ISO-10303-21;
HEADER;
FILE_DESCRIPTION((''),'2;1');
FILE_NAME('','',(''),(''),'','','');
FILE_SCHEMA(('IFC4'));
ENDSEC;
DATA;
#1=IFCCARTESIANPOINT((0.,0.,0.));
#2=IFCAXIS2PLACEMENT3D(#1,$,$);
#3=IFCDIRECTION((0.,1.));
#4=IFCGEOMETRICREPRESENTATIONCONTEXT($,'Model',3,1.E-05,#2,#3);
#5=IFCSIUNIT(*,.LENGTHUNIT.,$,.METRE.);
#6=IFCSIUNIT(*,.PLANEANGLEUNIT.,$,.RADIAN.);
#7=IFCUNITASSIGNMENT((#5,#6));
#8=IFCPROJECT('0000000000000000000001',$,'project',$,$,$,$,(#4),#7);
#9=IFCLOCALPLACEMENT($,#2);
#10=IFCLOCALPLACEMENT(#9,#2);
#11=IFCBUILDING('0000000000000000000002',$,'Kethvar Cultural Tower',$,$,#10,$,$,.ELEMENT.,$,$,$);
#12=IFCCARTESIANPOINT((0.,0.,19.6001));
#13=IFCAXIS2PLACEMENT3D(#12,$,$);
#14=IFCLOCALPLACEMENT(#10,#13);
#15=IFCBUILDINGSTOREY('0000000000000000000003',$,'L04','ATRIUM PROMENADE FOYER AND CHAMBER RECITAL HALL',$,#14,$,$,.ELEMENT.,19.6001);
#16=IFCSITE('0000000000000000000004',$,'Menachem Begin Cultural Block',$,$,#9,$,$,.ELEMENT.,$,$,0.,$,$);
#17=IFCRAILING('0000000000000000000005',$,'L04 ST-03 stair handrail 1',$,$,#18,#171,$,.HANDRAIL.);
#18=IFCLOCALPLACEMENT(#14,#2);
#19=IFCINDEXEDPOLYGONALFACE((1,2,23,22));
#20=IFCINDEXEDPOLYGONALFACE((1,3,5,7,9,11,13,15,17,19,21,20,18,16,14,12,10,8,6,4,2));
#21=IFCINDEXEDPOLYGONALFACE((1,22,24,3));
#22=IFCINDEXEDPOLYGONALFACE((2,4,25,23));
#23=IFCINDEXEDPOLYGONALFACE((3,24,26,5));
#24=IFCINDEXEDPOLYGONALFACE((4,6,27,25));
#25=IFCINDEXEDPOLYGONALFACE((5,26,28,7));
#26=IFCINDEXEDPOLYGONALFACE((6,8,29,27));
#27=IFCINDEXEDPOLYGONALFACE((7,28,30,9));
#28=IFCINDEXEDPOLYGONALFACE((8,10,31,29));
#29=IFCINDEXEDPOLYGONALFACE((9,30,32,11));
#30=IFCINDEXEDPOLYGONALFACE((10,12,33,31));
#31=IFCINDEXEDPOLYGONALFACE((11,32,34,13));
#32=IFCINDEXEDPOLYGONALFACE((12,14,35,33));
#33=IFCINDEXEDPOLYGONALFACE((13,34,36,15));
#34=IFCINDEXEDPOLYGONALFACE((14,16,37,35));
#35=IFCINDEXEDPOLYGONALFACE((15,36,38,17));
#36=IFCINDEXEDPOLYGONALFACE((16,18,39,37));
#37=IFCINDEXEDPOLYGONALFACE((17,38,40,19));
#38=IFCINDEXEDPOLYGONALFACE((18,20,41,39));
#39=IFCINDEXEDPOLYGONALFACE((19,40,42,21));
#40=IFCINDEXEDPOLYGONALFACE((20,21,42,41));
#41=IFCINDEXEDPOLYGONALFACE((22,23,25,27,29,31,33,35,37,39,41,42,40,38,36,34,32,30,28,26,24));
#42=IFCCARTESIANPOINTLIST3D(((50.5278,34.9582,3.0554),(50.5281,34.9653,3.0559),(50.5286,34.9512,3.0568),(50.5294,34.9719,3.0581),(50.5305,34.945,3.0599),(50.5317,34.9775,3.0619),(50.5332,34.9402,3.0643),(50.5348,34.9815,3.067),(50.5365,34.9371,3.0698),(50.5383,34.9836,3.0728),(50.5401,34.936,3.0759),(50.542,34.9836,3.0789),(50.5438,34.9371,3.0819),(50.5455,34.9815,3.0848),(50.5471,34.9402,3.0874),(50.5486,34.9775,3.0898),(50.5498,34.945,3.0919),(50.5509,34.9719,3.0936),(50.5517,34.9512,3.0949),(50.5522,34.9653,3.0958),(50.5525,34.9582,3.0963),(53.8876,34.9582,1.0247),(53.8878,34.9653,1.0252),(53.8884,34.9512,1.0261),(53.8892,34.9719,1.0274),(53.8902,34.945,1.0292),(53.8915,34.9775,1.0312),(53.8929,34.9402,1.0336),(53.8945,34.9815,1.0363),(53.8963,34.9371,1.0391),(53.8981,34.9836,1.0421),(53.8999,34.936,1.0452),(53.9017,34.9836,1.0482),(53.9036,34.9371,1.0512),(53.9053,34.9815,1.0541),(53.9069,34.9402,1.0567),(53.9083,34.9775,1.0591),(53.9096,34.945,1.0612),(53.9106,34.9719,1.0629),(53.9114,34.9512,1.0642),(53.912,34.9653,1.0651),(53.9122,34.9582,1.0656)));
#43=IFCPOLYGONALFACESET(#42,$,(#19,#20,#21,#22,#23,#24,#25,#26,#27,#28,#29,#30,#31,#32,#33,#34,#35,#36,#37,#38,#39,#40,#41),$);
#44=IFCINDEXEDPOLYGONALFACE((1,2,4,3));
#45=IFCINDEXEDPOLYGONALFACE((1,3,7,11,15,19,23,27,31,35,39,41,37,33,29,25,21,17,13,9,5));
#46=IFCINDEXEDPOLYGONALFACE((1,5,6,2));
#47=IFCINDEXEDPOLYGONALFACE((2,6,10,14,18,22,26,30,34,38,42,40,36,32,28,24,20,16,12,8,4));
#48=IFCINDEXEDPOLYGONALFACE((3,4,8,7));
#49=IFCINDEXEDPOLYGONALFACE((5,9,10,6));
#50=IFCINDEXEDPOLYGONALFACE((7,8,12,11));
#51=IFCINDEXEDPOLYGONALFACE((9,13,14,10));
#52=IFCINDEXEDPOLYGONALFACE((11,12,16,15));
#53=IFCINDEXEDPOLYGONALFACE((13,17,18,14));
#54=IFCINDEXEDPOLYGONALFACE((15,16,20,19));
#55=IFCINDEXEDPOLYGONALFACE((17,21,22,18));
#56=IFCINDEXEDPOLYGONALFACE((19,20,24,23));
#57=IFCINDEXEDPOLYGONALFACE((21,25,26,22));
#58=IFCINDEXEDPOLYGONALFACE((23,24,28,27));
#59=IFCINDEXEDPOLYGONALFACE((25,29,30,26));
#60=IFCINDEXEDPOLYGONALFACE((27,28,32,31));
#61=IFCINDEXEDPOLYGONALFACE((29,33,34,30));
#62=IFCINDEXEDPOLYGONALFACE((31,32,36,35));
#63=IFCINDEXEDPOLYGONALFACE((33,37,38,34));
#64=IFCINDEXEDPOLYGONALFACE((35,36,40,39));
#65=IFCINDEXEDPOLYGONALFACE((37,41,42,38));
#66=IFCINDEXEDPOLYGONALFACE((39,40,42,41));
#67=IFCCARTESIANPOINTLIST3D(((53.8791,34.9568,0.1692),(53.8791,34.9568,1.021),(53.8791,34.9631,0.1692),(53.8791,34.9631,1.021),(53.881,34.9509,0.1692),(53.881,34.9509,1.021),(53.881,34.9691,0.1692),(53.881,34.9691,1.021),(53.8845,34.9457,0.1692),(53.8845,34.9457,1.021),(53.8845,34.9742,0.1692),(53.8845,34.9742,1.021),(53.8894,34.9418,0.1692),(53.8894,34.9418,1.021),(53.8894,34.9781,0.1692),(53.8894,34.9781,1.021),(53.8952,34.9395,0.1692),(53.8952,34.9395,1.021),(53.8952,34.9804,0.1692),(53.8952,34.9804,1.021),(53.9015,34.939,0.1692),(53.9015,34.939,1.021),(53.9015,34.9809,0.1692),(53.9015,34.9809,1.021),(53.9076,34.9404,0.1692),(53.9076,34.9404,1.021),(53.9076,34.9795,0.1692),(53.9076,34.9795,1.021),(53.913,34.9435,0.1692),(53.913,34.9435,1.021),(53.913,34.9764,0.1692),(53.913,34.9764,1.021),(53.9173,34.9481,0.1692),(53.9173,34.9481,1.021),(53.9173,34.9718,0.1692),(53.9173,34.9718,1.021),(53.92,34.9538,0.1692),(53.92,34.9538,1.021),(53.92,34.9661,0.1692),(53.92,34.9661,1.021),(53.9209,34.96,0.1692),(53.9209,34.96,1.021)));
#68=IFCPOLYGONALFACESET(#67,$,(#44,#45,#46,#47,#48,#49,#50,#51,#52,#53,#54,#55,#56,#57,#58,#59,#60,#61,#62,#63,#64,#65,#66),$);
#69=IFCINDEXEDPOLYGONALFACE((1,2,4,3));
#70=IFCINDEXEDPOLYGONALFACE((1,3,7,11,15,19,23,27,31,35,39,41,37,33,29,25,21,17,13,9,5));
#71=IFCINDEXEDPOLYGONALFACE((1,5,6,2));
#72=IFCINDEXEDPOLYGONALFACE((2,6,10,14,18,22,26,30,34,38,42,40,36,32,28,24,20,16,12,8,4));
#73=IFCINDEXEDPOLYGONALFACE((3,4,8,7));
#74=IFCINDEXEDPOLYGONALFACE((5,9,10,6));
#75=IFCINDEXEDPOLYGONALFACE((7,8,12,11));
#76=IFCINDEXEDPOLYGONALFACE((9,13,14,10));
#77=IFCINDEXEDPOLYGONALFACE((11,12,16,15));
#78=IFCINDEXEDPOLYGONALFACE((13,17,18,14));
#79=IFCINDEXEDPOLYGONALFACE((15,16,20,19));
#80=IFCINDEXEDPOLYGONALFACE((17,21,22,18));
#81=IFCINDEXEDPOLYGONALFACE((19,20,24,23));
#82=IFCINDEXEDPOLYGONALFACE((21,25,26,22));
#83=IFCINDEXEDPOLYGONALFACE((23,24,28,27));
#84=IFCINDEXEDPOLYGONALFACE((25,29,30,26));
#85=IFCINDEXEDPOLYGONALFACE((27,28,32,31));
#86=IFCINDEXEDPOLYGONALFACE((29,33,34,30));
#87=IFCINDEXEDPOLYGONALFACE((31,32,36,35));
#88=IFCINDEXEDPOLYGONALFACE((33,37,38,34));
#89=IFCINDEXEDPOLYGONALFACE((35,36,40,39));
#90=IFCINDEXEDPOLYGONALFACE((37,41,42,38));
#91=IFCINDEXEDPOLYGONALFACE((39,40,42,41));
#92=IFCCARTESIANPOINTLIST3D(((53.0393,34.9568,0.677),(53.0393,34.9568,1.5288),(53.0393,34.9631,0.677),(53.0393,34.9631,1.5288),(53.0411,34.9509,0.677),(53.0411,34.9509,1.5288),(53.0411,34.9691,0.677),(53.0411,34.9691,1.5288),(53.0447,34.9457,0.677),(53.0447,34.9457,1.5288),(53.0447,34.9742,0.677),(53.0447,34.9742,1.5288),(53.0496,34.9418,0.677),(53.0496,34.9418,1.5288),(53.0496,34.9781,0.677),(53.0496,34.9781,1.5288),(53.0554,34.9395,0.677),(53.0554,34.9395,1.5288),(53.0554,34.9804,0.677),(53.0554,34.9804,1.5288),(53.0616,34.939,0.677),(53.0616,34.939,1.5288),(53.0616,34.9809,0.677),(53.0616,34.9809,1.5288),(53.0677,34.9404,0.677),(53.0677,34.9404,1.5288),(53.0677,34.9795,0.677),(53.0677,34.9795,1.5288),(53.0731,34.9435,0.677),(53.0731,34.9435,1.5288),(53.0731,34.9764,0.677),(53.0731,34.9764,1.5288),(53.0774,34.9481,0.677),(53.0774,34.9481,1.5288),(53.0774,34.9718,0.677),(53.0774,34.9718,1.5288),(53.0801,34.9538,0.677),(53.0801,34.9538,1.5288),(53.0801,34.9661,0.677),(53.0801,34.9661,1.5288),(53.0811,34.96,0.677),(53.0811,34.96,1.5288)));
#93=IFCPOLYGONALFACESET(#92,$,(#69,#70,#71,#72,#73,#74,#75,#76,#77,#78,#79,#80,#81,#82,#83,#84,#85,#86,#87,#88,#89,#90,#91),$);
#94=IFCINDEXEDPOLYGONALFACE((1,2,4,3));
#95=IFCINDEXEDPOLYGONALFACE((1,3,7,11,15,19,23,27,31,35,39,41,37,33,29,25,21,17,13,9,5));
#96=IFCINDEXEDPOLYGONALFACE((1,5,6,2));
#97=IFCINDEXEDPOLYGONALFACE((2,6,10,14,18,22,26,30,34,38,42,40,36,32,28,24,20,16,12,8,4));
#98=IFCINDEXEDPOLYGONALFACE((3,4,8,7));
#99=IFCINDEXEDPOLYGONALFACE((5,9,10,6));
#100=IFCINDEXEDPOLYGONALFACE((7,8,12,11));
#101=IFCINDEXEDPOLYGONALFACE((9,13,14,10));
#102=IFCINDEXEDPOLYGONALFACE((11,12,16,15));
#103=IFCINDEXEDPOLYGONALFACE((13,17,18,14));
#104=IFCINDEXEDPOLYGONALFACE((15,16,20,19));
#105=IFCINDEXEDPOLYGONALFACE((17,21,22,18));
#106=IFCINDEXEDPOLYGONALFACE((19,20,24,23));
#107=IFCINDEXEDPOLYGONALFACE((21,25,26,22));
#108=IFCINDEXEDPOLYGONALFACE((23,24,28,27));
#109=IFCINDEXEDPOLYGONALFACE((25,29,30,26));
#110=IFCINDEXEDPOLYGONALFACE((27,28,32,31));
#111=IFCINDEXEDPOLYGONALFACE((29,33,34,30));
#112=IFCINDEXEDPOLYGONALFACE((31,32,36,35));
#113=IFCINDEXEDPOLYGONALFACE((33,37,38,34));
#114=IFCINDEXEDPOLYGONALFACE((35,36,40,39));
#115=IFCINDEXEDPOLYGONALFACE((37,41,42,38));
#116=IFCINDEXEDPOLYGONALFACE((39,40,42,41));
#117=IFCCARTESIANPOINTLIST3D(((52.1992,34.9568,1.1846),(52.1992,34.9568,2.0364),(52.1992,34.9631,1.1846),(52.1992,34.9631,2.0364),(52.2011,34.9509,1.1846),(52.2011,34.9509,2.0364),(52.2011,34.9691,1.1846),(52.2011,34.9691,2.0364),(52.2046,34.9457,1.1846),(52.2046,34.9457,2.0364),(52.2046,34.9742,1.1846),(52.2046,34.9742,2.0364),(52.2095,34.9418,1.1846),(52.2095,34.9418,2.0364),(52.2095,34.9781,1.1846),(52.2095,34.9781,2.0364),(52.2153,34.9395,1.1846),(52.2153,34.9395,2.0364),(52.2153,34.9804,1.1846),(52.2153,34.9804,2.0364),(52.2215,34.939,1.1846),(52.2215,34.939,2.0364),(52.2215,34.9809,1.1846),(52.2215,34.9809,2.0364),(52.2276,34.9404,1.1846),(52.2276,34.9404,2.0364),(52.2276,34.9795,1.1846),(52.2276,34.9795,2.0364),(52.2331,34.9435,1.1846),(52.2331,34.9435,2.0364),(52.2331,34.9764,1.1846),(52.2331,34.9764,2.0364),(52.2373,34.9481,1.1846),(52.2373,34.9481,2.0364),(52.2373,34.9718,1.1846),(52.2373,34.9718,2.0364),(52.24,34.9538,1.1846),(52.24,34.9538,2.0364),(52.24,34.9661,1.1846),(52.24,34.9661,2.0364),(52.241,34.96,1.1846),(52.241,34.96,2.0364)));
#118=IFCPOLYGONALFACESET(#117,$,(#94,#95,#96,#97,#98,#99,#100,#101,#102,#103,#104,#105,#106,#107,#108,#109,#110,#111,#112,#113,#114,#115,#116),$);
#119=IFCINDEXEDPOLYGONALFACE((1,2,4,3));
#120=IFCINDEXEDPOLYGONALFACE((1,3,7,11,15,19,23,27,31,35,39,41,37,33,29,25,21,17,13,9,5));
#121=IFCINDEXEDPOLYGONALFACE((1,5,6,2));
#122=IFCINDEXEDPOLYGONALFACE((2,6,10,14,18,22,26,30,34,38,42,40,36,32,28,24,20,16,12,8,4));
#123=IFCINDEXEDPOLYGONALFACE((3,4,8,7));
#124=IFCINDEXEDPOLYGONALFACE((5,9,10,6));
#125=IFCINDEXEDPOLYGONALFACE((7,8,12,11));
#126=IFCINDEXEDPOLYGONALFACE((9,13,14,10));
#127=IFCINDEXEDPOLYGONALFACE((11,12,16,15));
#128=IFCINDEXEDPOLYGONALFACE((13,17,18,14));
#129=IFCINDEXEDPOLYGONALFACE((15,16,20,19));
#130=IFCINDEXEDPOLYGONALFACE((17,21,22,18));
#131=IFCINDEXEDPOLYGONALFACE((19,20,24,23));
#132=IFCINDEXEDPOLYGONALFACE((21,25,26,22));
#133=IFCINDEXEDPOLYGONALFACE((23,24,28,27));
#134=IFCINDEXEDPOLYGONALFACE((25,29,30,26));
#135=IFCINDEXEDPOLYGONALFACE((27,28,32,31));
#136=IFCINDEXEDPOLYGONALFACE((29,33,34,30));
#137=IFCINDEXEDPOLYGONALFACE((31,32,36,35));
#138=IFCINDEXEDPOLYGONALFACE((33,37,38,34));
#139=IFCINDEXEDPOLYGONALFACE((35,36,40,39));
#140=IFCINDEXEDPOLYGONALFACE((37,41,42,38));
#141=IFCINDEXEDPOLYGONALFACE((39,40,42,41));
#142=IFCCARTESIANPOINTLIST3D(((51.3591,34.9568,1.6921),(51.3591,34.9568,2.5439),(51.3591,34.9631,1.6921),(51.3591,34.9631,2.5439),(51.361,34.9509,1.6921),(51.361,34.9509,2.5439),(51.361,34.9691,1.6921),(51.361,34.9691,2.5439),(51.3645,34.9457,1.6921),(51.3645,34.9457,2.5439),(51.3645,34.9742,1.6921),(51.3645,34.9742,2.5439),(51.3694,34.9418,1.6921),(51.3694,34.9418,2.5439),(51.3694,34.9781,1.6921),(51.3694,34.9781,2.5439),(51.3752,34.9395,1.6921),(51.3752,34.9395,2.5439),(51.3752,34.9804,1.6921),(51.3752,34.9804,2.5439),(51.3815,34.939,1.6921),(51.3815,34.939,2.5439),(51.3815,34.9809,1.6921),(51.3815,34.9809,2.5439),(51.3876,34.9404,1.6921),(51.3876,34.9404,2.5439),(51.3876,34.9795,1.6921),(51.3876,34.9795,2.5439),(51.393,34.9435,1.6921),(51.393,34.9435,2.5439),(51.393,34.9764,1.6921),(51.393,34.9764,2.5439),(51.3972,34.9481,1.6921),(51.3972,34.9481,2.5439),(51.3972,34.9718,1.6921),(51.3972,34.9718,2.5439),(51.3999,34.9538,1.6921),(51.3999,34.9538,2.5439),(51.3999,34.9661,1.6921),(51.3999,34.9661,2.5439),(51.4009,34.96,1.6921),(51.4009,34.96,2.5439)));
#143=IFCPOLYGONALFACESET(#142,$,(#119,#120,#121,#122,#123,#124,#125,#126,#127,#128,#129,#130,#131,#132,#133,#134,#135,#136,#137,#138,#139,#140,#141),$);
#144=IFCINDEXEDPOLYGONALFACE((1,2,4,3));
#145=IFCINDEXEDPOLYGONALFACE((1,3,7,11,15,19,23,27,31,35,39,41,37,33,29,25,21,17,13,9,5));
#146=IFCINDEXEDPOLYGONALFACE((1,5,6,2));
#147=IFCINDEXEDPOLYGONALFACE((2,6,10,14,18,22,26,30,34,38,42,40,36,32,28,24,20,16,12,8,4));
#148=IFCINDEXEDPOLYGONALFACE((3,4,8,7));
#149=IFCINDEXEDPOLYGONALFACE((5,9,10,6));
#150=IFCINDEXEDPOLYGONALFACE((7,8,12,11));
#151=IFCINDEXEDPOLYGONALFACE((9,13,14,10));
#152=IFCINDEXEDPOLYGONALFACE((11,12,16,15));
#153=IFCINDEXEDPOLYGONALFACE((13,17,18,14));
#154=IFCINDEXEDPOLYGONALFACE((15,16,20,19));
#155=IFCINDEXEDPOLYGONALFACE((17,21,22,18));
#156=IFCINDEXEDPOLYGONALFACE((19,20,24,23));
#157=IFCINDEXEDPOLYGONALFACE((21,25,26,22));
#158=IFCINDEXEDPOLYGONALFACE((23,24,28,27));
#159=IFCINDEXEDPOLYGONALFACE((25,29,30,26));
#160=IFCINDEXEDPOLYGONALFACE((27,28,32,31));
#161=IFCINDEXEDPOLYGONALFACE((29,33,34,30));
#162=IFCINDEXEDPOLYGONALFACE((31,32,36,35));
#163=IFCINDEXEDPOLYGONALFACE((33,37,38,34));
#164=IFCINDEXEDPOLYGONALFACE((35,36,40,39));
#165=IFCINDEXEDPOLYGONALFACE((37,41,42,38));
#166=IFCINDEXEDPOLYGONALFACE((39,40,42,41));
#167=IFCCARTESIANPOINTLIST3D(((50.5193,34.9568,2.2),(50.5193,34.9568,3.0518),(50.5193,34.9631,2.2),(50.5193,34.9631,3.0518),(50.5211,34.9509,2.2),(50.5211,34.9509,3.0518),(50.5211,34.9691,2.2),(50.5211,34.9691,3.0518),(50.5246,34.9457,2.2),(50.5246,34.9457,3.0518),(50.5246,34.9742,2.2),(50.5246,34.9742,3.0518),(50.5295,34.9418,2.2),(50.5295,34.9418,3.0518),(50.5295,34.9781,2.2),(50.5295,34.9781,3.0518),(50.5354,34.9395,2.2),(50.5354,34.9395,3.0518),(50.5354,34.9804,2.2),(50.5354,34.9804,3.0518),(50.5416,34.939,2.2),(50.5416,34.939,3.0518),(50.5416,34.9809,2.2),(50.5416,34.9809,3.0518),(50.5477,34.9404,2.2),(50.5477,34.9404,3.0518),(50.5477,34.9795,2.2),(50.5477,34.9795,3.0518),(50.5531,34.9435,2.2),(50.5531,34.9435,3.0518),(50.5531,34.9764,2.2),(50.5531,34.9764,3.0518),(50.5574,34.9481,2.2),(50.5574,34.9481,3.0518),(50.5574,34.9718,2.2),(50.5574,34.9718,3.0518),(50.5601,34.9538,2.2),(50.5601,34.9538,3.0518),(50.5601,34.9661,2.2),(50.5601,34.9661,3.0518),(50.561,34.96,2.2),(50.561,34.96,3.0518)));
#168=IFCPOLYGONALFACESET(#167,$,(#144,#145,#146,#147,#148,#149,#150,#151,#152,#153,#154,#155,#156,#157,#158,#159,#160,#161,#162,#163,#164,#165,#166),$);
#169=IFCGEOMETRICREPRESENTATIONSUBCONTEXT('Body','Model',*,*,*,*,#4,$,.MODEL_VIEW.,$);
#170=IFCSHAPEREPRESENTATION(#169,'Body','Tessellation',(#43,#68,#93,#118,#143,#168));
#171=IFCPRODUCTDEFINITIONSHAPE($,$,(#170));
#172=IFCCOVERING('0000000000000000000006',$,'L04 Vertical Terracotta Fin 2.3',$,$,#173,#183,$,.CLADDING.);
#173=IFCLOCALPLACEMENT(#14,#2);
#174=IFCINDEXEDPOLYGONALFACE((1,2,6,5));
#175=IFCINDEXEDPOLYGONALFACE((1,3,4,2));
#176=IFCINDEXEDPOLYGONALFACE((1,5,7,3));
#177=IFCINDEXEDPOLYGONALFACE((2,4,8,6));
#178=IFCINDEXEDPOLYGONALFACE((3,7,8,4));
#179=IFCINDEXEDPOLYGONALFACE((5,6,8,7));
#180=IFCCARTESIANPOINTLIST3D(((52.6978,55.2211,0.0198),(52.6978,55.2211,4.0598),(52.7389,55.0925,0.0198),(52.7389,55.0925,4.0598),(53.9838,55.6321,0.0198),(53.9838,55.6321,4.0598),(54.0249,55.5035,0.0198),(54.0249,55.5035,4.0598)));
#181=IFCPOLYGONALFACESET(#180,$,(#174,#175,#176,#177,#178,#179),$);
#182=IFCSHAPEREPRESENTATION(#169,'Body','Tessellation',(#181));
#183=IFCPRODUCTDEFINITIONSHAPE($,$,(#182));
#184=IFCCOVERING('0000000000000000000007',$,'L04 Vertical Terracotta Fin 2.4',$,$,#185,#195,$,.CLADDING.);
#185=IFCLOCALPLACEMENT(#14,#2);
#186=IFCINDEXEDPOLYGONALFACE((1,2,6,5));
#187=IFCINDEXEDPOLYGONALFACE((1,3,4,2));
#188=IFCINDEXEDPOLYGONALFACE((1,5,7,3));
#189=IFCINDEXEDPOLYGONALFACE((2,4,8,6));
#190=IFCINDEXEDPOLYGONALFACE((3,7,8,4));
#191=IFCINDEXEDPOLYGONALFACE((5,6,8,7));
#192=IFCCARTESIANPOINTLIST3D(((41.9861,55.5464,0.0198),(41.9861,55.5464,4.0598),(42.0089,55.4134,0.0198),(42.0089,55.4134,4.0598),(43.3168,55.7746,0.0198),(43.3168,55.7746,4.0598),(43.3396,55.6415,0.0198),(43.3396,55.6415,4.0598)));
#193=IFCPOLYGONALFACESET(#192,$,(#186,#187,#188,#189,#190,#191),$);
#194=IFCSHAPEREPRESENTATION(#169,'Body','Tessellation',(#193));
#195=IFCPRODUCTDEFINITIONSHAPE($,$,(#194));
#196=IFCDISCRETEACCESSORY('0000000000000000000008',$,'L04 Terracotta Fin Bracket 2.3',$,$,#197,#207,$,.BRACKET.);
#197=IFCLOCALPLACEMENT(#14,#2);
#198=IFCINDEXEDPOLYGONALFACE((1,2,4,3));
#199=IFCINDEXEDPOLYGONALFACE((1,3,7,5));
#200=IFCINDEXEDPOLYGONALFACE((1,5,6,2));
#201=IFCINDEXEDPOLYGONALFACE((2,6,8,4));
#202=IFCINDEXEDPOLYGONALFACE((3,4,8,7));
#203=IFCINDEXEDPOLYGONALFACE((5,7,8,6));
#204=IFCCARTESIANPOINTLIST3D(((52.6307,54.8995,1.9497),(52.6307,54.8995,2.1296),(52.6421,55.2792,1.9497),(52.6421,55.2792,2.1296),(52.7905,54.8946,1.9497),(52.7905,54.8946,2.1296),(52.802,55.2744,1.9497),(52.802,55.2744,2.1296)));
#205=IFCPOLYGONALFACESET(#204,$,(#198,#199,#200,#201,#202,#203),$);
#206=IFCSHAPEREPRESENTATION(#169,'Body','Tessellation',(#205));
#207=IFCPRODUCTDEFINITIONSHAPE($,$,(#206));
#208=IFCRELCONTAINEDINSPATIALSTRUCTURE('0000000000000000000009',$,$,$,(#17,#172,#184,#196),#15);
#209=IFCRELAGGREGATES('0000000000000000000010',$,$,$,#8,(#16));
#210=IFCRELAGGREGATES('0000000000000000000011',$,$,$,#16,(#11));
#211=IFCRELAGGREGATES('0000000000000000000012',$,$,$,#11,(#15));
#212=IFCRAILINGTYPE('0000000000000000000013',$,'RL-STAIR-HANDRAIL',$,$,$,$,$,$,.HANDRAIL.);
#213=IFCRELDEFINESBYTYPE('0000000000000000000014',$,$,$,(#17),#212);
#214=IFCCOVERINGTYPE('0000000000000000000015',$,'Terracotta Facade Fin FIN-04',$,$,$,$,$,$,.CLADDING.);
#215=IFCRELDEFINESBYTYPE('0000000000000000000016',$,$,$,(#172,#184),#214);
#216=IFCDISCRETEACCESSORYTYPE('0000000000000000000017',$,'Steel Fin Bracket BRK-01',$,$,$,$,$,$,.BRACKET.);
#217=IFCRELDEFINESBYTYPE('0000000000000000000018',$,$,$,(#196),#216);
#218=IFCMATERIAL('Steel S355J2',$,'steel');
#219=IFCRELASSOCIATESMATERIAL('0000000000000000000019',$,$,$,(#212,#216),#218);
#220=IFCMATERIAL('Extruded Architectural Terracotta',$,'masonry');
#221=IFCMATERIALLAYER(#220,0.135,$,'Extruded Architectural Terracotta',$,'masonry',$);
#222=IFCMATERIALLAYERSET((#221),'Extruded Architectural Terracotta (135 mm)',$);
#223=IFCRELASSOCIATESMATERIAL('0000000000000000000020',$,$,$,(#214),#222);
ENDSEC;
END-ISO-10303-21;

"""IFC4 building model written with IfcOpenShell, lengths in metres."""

from ifc_helpers import new_model, si_unit, direction, frame, origin, origin_2d, place, context, subcontext, project, spatial, rectangle, circle, extrude, source, transform, mapped, material, layer, layer_set, type_object, element, save


model = new_model("IFC4")

# Units and contexts
model_context = context("Model", 3, precision=1e-05, world=origin(), true_north=direction((0.0, 1.0)))
body_context = subcontext(model_context, "Body", "Model", "MODEL_VIEW")
ifc_project = project(units=[si_unit("LENGTHUNIT", "METRE"), si_unit("PLANEANGLEUNIT", "RADIAN")], contexts=[model_context])

# Site, building, storey
site_placement = place(None, origin())
site = spatial("IfcSite", under=ifc_project, at=site_placement, Name="Menachem Begin Cultural Block", CompositionType="ELEMENT", RefElevation=0.0)
building_placement = place(site_placement, origin())
building = spatial("IfcBuilding", under=site, at=building_placement, Name="Kethvar Cultural Tower", CompositionType="ELEMENT")
storey_placement = place(building_placement, frame((0.0, 0.0, 19.6001)))
storey = spatial("IfcBuildingStorey", under=building, at=storey_placement, Name="L04", Description="ATRIUM PROMENADE FOYER AND CHAMBER RECITAL HALL", CompositionType="ELEMENT", Elevation=19.6001)

# Shared definitions
ifc_material_1 = material(Name="Steel S355J2", Category="steel")

# Railing
railing_type = type_object("IfcRailingType", Name="RL-STAIR-HANDRAIL", PredefinedType="HANDRAIL", material=ifc_material_1)
railing_placement = place(storey_placement, frame((53.8999, 34.96, 0.1692)))
element("IfcRailing", 1, at=railing_placement, inside=storey, type_object=railing_type, Name="L04 ST-03 stair handrail 1", PredefinedType="HANDRAIL", context=body_context, shape_type="SweptSolid", body=[
    extrude(circle(Radius=0.0239, at=origin_2d()), frame((0.0, 0.0, 0.876), z_axis=(-0.85582, 0.0, 0.517273), x_axis=(0.0, -1.0, 0.0)), (0.0, 0.0, 1.0), 3.9258),
    extrude(circle(Radius=0.021, at=origin_2d()), origin(), (0.0, 0.0, 1.0), 0.8518),
    extrude(circle(Radius=0.021, at=origin_2d()), frame((-0.8398, 0.0, 0.5078)), (0.0, 0.0, 1.0), 0.8518),
    extrude(circle(Radius=0.021, at=origin_2d()), frame((-1.6799, 0.0, 1.0154)), (0.0, 0.0, 1.0), 0.8518),
    extrude(circle(Radius=0.021, at=origin_2d()), frame((-2.52, 0.0, 1.5229)), (0.0, 0.0, 1.0), 0.8518),
    extrude(circle(Radius=0.021, at=origin_2d()), frame((-3.3599, 0.0, 2.0308)), (0.0, 0.0, 1.0), 0.8518),
])

# Coverings
ifc_material_2 = material(Name="Extruded Architectural Terracotta", Category="masonry")
ifc_layer_1 = layer(ifc_material_2, 0.135, Name="Extruded Architectural Terracotta", Category="masonry")
ifc_layer_set_1 = layer_set([ifc_layer_1], Name="Extruded Architectural Terracotta (135 mm)")
covering_type = type_object("IfcCoveringType", Name="Terracotta Facade Fin FIN-04", PredefinedType="CLADDING", material=ifc_layer_set_1)
shared_shape_1 = source(origin(), body_context, "Body", "SweptSolid", [
    extrude(rectangle(XDim=1.3501, YDim=0.135, at=origin_2d()), origin(), (0.0, 0.0, 1.0), 4.04),
])
for number, where, z_axis, x_axis, name in (
    (2, (53.3613, 55.3623, 0.0198), (0.0, 0.0, 1.0), (0.952555, 0.304366, 0.0), "L04 Vertical Terracotta Fin 2.3"),
    (3, (42.6628, 55.594, 0.0198), (0.0, 0.0, 1.0), (0.985615, 0.169005, 0.0), "L04 Vertical Terracotta Fin 2.4"),
):
    element("IfcCovering", number, at=place(storey_placement, frame(where, z_axis=z_axis, x_axis=x_axis)), inside=storey, type_object=covering_type, Name=name, PredefinedType="CLADDING", context=body_context, shape_type="MappedRepresentation", body=[
        mapped(shared_shape_1, transform((0.0, 0.0, 0.0), scale=1.0)),
    ])

# Discrete accessory
discrete_accessory_type = type_object("IfcDiscreteAccessoryType", Name="Steel Fin Bracket BRK-01", PredefinedType="BRACKET", material=ifc_material_1)
shared_shape_2 = source(origin(), body_context, "Body", "SweptSolid", [
    extrude(rectangle(XDim=0.3799, YDim=0.1599, at=origin_2d()), origin(), (0.0, 0.0, 1.0), 0.1799),
])
for number, where, z_axis, x_axis, name in (
    (4, (52.7163, 55.0869, 1.9497), (0.0, 0.0, 1.0), (0.03019, 0.999544, 0.0), "L04 Terracotta Fin Bracket 2.3"),
):
    element("IfcDiscreteAccessory", number, at=place(storey_placement, frame(where, z_axis=z_axis, x_axis=x_axis)), inside=storey, type_object=discrete_accessory_type, Name=name, PredefinedType="BRACKET", context=body_context, shape_type="MappedRepresentation", body=[
        mapped(shared_shape_2, transform((0.0, 0.0, 0.0), scale=1.0)),
    ])

save(model, "model.ifc")
